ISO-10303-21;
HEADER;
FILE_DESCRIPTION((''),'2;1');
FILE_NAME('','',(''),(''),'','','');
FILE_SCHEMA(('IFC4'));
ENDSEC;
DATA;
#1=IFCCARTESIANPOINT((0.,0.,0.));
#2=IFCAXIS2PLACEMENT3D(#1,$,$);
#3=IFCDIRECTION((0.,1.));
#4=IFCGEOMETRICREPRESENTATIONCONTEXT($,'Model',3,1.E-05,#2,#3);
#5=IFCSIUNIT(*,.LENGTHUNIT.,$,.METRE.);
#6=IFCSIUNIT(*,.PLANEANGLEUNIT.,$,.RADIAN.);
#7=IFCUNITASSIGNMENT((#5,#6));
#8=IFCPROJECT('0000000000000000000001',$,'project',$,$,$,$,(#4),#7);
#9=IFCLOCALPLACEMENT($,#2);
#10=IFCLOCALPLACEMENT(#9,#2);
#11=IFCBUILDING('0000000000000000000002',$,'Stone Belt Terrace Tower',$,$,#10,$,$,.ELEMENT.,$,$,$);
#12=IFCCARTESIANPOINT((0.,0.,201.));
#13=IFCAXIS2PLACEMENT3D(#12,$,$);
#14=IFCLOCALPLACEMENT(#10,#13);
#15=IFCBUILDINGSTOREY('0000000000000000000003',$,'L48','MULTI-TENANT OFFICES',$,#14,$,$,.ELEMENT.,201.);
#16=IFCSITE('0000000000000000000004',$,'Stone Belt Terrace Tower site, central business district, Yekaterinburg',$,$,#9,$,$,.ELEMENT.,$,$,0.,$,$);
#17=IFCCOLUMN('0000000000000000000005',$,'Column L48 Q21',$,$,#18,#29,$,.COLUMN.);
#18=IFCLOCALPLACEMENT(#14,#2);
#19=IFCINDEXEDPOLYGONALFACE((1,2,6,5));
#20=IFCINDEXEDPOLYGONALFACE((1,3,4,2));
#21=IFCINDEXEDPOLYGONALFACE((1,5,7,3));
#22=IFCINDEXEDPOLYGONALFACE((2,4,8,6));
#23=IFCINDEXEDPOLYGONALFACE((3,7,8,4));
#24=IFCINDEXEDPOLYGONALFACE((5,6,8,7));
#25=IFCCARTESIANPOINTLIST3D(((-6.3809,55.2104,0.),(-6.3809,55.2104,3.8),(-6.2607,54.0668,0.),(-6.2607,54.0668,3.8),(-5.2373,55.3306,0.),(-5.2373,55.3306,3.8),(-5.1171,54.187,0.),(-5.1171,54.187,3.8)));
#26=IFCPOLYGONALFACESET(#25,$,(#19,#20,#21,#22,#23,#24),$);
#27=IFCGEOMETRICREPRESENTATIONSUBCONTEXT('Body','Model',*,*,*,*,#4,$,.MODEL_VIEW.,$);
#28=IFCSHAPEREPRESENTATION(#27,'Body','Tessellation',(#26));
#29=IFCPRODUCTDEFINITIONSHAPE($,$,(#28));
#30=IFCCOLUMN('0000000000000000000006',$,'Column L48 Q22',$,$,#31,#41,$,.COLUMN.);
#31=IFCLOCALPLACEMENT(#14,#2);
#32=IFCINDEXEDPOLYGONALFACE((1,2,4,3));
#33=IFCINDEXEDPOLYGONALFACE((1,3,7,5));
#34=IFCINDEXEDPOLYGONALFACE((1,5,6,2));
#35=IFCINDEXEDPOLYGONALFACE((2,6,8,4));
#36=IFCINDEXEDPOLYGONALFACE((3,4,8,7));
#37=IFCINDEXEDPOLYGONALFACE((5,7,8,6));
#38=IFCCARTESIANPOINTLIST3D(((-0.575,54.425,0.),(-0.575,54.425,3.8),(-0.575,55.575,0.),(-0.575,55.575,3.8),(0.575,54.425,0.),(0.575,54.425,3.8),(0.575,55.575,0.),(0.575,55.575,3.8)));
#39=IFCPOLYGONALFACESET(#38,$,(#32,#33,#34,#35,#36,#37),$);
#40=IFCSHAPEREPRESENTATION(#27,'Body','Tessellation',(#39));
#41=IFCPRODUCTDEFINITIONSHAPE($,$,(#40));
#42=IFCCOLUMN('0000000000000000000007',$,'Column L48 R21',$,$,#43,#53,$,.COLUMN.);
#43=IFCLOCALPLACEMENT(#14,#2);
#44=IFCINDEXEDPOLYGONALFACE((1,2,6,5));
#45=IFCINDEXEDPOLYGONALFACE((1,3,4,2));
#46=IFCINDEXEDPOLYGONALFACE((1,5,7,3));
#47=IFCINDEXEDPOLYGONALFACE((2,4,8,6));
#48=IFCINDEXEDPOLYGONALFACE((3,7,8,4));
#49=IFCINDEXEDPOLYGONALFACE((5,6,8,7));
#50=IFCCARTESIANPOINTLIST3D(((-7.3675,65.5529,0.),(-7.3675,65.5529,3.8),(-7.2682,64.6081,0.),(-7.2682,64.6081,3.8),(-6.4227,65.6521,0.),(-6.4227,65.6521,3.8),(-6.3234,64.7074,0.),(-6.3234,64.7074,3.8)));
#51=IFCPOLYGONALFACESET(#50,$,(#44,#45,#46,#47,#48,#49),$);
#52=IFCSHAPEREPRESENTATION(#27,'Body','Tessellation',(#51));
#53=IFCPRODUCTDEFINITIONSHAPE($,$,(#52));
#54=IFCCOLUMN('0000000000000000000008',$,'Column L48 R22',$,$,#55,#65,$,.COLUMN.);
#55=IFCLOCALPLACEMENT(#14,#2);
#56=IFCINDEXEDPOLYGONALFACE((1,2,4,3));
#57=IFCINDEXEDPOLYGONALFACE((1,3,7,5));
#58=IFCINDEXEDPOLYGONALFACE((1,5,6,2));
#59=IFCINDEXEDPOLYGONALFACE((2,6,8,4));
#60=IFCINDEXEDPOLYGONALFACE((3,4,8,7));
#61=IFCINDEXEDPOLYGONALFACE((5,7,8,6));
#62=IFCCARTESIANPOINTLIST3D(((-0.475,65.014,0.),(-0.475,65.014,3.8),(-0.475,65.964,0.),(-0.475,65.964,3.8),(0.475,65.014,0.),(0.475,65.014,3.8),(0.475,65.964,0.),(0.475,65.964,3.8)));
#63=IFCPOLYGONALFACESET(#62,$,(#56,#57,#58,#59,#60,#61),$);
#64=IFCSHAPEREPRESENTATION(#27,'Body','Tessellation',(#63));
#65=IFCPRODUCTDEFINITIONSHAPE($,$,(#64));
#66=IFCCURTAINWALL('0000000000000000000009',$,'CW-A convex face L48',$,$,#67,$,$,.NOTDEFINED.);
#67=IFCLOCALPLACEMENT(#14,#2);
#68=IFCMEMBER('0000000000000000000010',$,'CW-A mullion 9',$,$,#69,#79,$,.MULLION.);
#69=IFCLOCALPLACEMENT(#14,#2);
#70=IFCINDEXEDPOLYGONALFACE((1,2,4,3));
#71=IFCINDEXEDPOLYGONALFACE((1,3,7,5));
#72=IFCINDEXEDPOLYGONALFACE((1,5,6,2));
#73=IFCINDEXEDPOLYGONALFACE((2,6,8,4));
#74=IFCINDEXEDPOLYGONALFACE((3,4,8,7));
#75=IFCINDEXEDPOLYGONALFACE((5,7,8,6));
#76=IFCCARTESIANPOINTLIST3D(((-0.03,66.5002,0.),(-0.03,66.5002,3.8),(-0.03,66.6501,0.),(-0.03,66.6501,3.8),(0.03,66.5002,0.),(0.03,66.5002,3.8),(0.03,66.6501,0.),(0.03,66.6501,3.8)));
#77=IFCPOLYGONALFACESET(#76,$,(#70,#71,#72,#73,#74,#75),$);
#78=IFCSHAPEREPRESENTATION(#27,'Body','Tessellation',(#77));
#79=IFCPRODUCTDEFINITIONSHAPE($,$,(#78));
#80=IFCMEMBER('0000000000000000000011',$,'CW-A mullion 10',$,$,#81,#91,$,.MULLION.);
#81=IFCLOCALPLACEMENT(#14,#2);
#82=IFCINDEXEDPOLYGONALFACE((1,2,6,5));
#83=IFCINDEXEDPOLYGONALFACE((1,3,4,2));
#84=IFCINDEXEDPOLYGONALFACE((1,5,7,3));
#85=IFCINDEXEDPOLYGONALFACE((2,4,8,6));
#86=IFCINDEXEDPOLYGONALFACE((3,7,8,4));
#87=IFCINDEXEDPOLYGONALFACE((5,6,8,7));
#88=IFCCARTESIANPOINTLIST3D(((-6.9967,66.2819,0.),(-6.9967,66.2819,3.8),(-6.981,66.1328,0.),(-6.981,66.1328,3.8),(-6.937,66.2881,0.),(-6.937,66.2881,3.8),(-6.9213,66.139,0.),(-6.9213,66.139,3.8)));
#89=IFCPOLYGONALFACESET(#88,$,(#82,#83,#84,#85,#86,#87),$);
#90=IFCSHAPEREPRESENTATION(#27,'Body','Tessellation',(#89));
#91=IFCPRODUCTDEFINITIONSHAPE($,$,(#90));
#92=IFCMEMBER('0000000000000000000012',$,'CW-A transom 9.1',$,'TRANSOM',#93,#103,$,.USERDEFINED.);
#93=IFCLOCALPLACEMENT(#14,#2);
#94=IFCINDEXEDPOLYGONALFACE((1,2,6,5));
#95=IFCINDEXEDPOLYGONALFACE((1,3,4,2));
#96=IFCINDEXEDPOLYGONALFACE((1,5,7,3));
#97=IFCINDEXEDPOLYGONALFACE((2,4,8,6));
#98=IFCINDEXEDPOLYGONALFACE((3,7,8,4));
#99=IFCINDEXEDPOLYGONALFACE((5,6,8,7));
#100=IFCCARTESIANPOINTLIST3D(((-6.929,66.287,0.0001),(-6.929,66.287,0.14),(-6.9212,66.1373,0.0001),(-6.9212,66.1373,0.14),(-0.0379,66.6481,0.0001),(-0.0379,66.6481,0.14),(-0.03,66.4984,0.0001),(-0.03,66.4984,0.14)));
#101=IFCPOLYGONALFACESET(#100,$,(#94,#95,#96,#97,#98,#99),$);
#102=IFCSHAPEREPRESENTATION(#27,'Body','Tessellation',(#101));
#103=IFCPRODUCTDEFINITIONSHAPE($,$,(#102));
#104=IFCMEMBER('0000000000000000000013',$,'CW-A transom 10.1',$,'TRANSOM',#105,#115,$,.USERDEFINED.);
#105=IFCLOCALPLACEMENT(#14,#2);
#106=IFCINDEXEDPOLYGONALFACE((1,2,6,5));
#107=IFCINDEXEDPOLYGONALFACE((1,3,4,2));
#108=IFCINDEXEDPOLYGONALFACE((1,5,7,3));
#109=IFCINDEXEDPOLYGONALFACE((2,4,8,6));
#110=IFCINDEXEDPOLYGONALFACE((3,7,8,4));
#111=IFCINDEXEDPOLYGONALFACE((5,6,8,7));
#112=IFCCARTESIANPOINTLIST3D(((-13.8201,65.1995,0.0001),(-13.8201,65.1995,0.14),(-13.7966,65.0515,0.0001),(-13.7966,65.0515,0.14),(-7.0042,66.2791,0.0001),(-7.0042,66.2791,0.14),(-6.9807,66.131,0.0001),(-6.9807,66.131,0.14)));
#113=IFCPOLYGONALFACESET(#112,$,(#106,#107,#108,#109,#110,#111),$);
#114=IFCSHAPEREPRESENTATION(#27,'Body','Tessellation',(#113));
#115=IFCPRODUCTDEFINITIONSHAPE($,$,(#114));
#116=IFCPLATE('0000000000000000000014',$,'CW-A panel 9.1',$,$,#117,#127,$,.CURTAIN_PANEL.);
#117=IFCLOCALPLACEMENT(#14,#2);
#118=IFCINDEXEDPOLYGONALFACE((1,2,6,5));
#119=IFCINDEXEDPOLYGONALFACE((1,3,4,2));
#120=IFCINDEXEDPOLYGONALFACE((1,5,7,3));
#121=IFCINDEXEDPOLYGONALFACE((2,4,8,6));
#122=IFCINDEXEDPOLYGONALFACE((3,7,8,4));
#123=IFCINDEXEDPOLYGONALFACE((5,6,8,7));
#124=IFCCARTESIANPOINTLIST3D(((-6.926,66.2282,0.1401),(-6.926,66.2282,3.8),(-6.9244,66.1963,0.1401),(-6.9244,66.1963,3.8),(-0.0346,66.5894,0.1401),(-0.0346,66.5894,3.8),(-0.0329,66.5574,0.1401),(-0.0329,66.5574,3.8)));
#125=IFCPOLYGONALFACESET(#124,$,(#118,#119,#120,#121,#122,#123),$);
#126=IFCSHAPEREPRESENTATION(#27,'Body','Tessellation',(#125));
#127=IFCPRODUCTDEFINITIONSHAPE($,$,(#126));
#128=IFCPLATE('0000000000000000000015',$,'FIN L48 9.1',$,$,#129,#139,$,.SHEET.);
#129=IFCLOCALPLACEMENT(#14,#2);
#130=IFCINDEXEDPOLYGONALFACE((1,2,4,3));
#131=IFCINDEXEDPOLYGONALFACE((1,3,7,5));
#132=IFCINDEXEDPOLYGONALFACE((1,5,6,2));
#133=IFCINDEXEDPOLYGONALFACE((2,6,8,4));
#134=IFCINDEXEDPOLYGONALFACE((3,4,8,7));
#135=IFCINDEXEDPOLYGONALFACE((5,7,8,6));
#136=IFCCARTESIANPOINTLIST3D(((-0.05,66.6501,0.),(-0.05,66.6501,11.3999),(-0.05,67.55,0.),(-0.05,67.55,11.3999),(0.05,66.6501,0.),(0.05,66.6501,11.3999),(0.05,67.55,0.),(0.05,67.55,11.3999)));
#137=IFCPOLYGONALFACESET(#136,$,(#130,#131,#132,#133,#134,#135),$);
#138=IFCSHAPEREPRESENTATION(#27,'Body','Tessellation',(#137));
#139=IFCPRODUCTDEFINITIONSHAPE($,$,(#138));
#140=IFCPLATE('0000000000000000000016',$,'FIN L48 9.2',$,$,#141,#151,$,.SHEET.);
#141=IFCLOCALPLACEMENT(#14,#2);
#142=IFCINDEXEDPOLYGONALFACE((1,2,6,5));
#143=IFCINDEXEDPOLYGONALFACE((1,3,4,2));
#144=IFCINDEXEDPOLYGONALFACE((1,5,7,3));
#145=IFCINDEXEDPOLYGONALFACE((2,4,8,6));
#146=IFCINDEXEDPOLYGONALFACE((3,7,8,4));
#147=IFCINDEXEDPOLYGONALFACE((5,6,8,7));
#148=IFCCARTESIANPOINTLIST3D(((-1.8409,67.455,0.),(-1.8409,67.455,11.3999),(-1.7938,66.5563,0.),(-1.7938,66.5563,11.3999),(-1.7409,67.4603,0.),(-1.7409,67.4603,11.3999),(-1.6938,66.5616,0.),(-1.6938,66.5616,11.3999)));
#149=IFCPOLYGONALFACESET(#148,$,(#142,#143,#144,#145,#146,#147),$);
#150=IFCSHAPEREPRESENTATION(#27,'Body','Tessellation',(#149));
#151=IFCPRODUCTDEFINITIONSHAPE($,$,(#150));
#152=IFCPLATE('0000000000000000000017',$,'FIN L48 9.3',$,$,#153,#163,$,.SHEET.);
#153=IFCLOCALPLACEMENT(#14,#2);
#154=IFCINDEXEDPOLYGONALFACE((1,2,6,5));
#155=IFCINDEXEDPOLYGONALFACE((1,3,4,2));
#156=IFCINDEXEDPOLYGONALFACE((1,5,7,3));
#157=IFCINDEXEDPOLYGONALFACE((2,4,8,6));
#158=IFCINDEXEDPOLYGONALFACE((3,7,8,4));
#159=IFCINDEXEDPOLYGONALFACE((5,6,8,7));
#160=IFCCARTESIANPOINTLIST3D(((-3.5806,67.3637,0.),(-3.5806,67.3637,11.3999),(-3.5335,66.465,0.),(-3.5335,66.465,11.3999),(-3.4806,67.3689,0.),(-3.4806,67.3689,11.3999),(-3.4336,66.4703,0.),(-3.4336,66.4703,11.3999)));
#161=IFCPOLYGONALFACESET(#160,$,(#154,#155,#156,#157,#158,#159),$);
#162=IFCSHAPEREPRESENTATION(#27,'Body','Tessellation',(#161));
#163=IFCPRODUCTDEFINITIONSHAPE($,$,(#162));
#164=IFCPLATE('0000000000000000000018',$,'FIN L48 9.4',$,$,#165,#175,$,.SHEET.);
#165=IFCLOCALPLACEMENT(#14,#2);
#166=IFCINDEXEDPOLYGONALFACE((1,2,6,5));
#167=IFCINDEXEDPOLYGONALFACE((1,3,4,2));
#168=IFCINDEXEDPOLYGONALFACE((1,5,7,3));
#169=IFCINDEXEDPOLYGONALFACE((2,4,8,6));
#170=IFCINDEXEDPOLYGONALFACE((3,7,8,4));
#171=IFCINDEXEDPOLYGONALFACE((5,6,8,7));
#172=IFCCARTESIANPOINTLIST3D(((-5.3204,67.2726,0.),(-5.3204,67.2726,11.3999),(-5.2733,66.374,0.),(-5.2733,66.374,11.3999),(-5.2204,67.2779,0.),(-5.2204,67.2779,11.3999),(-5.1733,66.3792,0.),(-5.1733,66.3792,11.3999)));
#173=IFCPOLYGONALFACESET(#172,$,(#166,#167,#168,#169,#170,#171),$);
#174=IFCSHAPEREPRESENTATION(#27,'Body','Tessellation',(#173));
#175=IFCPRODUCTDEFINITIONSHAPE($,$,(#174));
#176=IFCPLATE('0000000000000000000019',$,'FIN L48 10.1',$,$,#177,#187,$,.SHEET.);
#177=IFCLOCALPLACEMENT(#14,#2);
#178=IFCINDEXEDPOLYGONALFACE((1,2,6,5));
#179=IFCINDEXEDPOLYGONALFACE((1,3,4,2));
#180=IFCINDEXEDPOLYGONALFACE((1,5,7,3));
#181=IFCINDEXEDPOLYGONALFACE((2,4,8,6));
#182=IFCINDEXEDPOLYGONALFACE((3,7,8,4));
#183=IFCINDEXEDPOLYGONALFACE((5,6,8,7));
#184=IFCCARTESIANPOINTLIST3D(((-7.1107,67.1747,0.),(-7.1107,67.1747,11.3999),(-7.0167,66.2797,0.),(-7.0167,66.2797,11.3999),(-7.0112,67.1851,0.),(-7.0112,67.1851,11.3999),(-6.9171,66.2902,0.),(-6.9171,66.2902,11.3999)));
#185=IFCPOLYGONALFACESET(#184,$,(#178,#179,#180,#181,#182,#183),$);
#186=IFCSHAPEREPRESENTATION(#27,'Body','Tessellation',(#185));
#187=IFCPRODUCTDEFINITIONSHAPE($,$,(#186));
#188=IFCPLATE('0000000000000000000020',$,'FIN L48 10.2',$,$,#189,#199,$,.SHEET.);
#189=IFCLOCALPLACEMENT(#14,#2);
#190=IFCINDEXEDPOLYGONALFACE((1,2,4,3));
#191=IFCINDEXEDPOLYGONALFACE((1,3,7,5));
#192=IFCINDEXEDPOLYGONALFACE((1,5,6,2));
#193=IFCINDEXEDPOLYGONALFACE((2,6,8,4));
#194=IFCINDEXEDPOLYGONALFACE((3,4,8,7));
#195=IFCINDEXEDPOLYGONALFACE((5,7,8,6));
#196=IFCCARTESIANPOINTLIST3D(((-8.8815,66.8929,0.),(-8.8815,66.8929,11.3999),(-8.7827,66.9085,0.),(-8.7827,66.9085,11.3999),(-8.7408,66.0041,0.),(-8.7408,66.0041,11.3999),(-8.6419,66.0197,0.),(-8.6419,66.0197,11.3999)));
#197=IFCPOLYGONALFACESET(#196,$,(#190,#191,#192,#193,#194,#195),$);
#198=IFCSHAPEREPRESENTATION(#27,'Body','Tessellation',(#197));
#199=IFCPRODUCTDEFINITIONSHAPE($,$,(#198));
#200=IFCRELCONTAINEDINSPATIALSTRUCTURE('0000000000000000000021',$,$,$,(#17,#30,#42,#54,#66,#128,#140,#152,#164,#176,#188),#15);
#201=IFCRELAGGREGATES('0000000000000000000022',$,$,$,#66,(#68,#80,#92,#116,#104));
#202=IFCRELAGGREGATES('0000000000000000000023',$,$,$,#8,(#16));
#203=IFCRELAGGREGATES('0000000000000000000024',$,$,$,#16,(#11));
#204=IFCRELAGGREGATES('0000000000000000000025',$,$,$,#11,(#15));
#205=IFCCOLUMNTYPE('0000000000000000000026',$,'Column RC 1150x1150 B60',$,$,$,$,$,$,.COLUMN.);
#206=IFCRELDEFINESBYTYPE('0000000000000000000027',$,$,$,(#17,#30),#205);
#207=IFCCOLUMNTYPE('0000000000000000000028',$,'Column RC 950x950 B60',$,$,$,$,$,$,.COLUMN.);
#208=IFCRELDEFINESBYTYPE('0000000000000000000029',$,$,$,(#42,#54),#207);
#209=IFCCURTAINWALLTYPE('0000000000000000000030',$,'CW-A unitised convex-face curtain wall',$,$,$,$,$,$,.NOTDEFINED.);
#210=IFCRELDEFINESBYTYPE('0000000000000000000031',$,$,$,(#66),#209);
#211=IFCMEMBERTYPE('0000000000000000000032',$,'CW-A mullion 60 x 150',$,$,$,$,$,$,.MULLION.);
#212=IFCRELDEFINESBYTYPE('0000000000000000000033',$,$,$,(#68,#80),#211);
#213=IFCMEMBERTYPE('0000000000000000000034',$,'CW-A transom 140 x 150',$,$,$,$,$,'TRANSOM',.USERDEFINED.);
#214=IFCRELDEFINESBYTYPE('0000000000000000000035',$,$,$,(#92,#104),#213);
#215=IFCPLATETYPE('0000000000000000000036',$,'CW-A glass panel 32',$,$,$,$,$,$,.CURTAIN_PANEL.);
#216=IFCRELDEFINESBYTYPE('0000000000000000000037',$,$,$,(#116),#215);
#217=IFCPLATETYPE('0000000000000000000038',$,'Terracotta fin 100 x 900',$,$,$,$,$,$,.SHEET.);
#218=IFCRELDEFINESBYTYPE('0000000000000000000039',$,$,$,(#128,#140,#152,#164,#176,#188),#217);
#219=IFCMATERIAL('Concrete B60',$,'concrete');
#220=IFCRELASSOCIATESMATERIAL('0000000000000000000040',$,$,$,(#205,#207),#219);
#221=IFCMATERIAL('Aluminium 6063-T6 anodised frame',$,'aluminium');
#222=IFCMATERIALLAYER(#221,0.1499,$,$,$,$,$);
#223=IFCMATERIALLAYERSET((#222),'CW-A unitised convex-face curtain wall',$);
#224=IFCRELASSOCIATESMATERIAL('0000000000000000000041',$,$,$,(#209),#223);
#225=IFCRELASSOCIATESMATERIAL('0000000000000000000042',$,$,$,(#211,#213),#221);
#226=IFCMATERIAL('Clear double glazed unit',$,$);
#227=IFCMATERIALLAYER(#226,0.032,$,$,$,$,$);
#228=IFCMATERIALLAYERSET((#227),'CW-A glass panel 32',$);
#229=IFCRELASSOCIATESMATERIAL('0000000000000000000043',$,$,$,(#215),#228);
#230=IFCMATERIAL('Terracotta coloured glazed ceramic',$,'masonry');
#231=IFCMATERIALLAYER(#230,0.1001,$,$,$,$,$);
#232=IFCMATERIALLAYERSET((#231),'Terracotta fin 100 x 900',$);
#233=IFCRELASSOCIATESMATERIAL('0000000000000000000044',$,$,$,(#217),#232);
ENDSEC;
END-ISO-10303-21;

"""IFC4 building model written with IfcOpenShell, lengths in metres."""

from ifc_helpers import new_model, si_unit, direction, frame, origin, origin_2d, place, context, subcontext, project, spatial, rectangle, extrude, material, layer, layer_set, material_profile, profile_set, type_object, element, aggregate, save


model = new_model("IFC4")

# Units and contexts
model_context = context("Model", 3, precision=1e-05, world=origin(), true_north=direction((0.0, 1.0)))
body_context = subcontext(model_context, "Body", "Model", "MODEL_VIEW")
ifc_project = project(units=[si_unit("LENGTHUNIT", "METRE"), si_unit("PLANEANGLEUNIT", "RADIAN")], contexts=[model_context])

# Site, building, storey
site_placement = place(None, origin())
site = spatial("IfcSite", under=ifc_project, at=site_placement, Name="Stone Belt Terrace Tower site, central business district, Yekaterinburg", CompositionType="ELEMENT", RefElevation=0.0)
building_placement = place(site_placement, origin())
building = spatial("IfcBuilding", under=site, at=building_placement, Name="Stone Belt Terrace Tower", CompositionType="ELEMENT")
storey_placement = place(building_placement, frame((0.0, 0.0, 201.0)))
storey = spatial("IfcBuildingStorey", under=building, at=storey_placement, Name="L48", Description="MULTI-TENANT OFFICES", CompositionType="ELEMENT", Elevation=201.0)

# Columns
ifc_material_1 = material(Name="Concrete B60", Category="concrete")
ifc_material_profile_1 = material_profile(ifc_material_1, rectangle(XDim=1.1499, YDim=1.1499, at=origin_2d()), Name="RC 1150x1150")
ifc_profile_set_1 = profile_set([ifc_material_profile_1], Name="Concrete B60")
column_type_1 = type_object("IfcColumnType", Name="Column RC 1150x1150 B60", PredefinedType="COLUMN", material=ifc_profile_set_1)
for number, where, z_axis, x_axis, name in (
    (1, (-5.749, 54.6987, 0.0), (0.0, 0.0, 1.0), (0.994522, 0.104528, 0.0), "Column L48 Q21"),
    (2, (0.0, 55.0, 0.0), (0.0, 0.0, 1.0), (1.0, 0.0, 0.0), "Column L48 Q22"),
):
    element("IfcColumn", number, at=place(storey_placement, frame(where, z_axis=z_axis, x_axis=x_axis)), inside=storey, type_object=column_type_1, Name=name, PredefinedType="COLUMN", context=body_context, shape_type="SweptSolid", body=[
        extrude(rectangle(XDim=1.1499, YDim=1.1499, at=origin_2d()), origin(), (0.0, 0.0, 1.0), 3.8),
    ])
ifc_material_profile_2 = material_profile(ifc_material_1, rectangle(XDim=0.95, YDim=0.95, at=origin_2d()), Name="RC 950x950")
ifc_profile_set_2 = profile_set([ifc_material_profile_2], Name="Concrete B60")
column_type_2 = type_object("IfcColumnType", Name="Column RC 950x950 B60", PredefinedType="COLUMN", material=ifc_profile_set_2)
for number, where, z_axis, x_axis, name in (
    (3, (-6.8455, 65.1301, 0.0), (0.0, 0.0, 1.0), (0.994522, 0.104528, 0.0), "Column L48 R21"),
    (4, (0.0, 65.489, 0.0), (0.0, 0.0, 1.0), (1.0, 0.0, 0.0), "Column L48 R22"),
):
    element("IfcColumn", number, at=place(storey_placement, frame(where, z_axis=z_axis, x_axis=x_axis)), inside=storey, type_object=column_type_2, Name=name, PredefinedType="COLUMN", context=body_context, shape_type="SweptSolid", body=[
        extrude(rectangle(XDim=0.95, YDim=0.95, at=origin_2d()), origin(), (0.0, 0.0, 1.0), 3.8),
    ])

# Curtain wall, members, plate
ifc_material_2 = material(Name="Aluminium 6063-T6 anodised frame", Category="aluminium")
ifc_layer_1 = layer(ifc_material_2, 0.1499)
ifc_layer_set_1 = layer_set([ifc_layer_1], Name="CW-A unitised convex-face curtain wall")
curtain_wall_type = type_object("IfcCurtainWallType", Name="CW-A unitised convex-face curtain wall", PredefinedType="NOTDEFINED", material=ifc_layer_set_1)
curtain_wall_placement = place(storey_placement, origin())
curtain_wall = element("IfcCurtainWall", 5, at=curtain_wall_placement, inside=storey, type_object=curtain_wall_type, Name="CW-A convex face L48", PredefinedType="NOTDEFINED")
ifc_material_profile_3 = material_profile(ifc_material_2, rectangle(XDim=0.1499, YDim=0.0601, at=origin_2d()), Name="Aluminium 6063-T6 60x150")
ifc_profile_set_3 = profile_set([ifc_material_profile_3], Name="Aluminium 6063-T6 anodised frame")
member_type_1 = type_object("IfcMemberType", Name="CW-A mullion 60 x 150", PredefinedType="MULLION", material=ifc_profile_set_3)
member_1_placement = place(storey_placement, frame((0.0, 66.5752, 0.0), z_axis=(0.0, 0.0, 1.0), x_axis=(0.0, -1.0, 0.0)))
member_1 = element("IfcMember", 6, at=member_1_placement, type_object=member_type_1, Name="CW-A mullion 9", PredefinedType="MULLION", context=body_context, shape_type="SweptSolid", body=[
    extrude(rectangle(XDim=0.1499, YDim=0.0601, at=origin_2d()), origin(), (0.0, 0.0, 1.0), 3.8),
])
member_2_placement = place(storey_placement, frame((-6.959, 66.2104, 0.0), z_axis=(0.0, 0.0, 1.0), x_axis=(0.104528, -0.994522, 0.0)))
member_2 = element("IfcMember", 7, at=member_2_placement, type_object=member_type_1, Name="CW-A mullion 10", PredefinedType="MULLION", context=body_context, shape_type="SweptSolid", body=[
    extrude(rectangle(XDim=0.1499, YDim=0.0601, at=origin_2d()), origin(), (0.0, 0.0, 1.0), 3.8),
])
ifc_material_profile_4 = material_profile(ifc_material_2, rectangle(XDim=0.1499, YDim=0.1399, at=origin_2d()), Name="Aluminium 6063-T6 150x140")
ifc_profile_set_4 = profile_set([ifc_material_profile_4], Name="Aluminium 6063-T6 anodised frame")
member_type_2 = type_object("IfcMemberType", Name="CW-A transom 140 x 150", ElementType="TRANSOM", PredefinedType="USERDEFINED", material=ifc_profile_set_4)
member_3_placement = place(storey_placement, frame((-0.0339, 66.5732, 0.0701), z_axis=(-0.99863, -0.052327, 0.0), x_axis=(0.052327, -0.99863, 0.0)))
member_3 = element("IfcMember", 8, at=member_3_placement, type_object=member_type_2, Name="CW-A transom 9.1", ObjectType="TRANSOM", PredefinedType="USERDEFINED", context=body_context, shape_type="SweptSolid", body=[
    extrude(rectangle(XDim=0.1499, YDim=0.1399, at=origin_2d()), origin(), (0.0, 0.0, 1.0), 6.9006),
])
member_4_placement = place(storey_placement, frame((-6.9924, 66.2051, 0.0701), z_axis=(-0.987687, -0.156442, 0.0), x_axis=(0.156442, -0.987687, 0.0)))
member_4 = element("IfcMember", 9, at=member_4_placement, type_object=member_type_2, Name="CW-A transom 10.1", ObjectType="TRANSOM", PredefinedType="USERDEFINED", context=body_context, shape_type="SweptSolid", body=[
    extrude(rectangle(XDim=0.1499, YDim=0.1399, at=origin_2d()), origin(), (0.0, 0.0, 1.0), 6.9009),
])
ifc_material_3 = material(Name="Clear double glazed unit")
ifc_layer_2 = layer(ifc_material_3, 0.032)
ifc_layer_set_2 = layer_set([ifc_layer_2], Name="CW-A glass panel 32")
plate_type_1 = type_object("IfcPlateType", Name="CW-A glass panel 32", PredefinedType="CURTAIN_PANEL", material=ifc_layer_set_2)
plate_placement = place(storey_placement, frame((-3.4795, 66.3928, 0.1401), z_axis=(0.0, 0.0, 1.0), x_axis=(-0.99863, -0.052336, 0.0)))
plate = element("IfcPlate", 10, at=plate_placement, type_object=plate_type_1, Name="CW-A panel 9.1", PredefinedType="CURTAIN_PANEL", context=body_context, shape_type="SweptSolid", body=[
    extrude(rectangle(XDim=6.9009, YDim=0.032, at=origin_2d()), origin(), (0.0, 0.0, 1.0), 3.6599),
])
aggregate(curtain_wall, [member_1, member_2, member_3, plate, member_4])

# Plates
ifc_material_4 = material(Name="Terracotta coloured glazed ceramic", Category="masonry")
ifc_layer_3 = layer(ifc_material_4, 0.1001)
ifc_layer_set_3 = layer_set([ifc_layer_3], Name="Terracotta fin 100 x 900")
plate_type_2 = type_object("IfcPlateType", Name="Terracotta fin 100 x 900", PredefinedType="SHEET", material=ifc_layer_set_3)
for number, where, z_axis, x_axis, name in (
    (11, (0.0, 67.1001, 0.0), (0.0, 0.0, 1.0), (0.0, 1.0, 0.0), "FIN L48 9.1"),
    (12, (-1.7673, 67.0083, 0.0), (0.0, 0.0, 1.0), (-0.052336, 0.99863, 0.0), "FIN L48 9.2"),
    (13, (-3.5071, 66.917, 0.0), (0.0, 0.0, 1.0), (-0.052336, 0.99863, 0.0), "FIN L48 9.3"),
    (14, (-5.2468, 66.8259, 0.0), (0.0, 0.0, 1.0), (-0.052336, 0.99863, 0.0), "FIN L48 9.4"),
    (15, (-7.0139, 66.7324, 0.0), (0.0, 0.0, 1.0), (-0.104528, 0.994522, 0.0), "FIN L48 10.1"),
    (16, (-8.7617, 66.4563, 0.0), (0.0, 0.0, 1.0), (-0.156434, 0.987688, 0.0), "FIN L48 10.2"),
):
    element("IfcPlate", number, at=place(storey_placement, frame(where, z_axis=z_axis, x_axis=x_axis)), inside=storey, type_object=plate_type_2, Name=name, PredefinedType="SHEET", context=body_context, shape_type="SweptSolid", body=[
        extrude(rectangle(XDim=0.8999, YDim=0.1001, at=origin_2d()), origin(), (0.0, 0.0, 1.0), 11.3999),
    ])

save(model, "model.ifc")
